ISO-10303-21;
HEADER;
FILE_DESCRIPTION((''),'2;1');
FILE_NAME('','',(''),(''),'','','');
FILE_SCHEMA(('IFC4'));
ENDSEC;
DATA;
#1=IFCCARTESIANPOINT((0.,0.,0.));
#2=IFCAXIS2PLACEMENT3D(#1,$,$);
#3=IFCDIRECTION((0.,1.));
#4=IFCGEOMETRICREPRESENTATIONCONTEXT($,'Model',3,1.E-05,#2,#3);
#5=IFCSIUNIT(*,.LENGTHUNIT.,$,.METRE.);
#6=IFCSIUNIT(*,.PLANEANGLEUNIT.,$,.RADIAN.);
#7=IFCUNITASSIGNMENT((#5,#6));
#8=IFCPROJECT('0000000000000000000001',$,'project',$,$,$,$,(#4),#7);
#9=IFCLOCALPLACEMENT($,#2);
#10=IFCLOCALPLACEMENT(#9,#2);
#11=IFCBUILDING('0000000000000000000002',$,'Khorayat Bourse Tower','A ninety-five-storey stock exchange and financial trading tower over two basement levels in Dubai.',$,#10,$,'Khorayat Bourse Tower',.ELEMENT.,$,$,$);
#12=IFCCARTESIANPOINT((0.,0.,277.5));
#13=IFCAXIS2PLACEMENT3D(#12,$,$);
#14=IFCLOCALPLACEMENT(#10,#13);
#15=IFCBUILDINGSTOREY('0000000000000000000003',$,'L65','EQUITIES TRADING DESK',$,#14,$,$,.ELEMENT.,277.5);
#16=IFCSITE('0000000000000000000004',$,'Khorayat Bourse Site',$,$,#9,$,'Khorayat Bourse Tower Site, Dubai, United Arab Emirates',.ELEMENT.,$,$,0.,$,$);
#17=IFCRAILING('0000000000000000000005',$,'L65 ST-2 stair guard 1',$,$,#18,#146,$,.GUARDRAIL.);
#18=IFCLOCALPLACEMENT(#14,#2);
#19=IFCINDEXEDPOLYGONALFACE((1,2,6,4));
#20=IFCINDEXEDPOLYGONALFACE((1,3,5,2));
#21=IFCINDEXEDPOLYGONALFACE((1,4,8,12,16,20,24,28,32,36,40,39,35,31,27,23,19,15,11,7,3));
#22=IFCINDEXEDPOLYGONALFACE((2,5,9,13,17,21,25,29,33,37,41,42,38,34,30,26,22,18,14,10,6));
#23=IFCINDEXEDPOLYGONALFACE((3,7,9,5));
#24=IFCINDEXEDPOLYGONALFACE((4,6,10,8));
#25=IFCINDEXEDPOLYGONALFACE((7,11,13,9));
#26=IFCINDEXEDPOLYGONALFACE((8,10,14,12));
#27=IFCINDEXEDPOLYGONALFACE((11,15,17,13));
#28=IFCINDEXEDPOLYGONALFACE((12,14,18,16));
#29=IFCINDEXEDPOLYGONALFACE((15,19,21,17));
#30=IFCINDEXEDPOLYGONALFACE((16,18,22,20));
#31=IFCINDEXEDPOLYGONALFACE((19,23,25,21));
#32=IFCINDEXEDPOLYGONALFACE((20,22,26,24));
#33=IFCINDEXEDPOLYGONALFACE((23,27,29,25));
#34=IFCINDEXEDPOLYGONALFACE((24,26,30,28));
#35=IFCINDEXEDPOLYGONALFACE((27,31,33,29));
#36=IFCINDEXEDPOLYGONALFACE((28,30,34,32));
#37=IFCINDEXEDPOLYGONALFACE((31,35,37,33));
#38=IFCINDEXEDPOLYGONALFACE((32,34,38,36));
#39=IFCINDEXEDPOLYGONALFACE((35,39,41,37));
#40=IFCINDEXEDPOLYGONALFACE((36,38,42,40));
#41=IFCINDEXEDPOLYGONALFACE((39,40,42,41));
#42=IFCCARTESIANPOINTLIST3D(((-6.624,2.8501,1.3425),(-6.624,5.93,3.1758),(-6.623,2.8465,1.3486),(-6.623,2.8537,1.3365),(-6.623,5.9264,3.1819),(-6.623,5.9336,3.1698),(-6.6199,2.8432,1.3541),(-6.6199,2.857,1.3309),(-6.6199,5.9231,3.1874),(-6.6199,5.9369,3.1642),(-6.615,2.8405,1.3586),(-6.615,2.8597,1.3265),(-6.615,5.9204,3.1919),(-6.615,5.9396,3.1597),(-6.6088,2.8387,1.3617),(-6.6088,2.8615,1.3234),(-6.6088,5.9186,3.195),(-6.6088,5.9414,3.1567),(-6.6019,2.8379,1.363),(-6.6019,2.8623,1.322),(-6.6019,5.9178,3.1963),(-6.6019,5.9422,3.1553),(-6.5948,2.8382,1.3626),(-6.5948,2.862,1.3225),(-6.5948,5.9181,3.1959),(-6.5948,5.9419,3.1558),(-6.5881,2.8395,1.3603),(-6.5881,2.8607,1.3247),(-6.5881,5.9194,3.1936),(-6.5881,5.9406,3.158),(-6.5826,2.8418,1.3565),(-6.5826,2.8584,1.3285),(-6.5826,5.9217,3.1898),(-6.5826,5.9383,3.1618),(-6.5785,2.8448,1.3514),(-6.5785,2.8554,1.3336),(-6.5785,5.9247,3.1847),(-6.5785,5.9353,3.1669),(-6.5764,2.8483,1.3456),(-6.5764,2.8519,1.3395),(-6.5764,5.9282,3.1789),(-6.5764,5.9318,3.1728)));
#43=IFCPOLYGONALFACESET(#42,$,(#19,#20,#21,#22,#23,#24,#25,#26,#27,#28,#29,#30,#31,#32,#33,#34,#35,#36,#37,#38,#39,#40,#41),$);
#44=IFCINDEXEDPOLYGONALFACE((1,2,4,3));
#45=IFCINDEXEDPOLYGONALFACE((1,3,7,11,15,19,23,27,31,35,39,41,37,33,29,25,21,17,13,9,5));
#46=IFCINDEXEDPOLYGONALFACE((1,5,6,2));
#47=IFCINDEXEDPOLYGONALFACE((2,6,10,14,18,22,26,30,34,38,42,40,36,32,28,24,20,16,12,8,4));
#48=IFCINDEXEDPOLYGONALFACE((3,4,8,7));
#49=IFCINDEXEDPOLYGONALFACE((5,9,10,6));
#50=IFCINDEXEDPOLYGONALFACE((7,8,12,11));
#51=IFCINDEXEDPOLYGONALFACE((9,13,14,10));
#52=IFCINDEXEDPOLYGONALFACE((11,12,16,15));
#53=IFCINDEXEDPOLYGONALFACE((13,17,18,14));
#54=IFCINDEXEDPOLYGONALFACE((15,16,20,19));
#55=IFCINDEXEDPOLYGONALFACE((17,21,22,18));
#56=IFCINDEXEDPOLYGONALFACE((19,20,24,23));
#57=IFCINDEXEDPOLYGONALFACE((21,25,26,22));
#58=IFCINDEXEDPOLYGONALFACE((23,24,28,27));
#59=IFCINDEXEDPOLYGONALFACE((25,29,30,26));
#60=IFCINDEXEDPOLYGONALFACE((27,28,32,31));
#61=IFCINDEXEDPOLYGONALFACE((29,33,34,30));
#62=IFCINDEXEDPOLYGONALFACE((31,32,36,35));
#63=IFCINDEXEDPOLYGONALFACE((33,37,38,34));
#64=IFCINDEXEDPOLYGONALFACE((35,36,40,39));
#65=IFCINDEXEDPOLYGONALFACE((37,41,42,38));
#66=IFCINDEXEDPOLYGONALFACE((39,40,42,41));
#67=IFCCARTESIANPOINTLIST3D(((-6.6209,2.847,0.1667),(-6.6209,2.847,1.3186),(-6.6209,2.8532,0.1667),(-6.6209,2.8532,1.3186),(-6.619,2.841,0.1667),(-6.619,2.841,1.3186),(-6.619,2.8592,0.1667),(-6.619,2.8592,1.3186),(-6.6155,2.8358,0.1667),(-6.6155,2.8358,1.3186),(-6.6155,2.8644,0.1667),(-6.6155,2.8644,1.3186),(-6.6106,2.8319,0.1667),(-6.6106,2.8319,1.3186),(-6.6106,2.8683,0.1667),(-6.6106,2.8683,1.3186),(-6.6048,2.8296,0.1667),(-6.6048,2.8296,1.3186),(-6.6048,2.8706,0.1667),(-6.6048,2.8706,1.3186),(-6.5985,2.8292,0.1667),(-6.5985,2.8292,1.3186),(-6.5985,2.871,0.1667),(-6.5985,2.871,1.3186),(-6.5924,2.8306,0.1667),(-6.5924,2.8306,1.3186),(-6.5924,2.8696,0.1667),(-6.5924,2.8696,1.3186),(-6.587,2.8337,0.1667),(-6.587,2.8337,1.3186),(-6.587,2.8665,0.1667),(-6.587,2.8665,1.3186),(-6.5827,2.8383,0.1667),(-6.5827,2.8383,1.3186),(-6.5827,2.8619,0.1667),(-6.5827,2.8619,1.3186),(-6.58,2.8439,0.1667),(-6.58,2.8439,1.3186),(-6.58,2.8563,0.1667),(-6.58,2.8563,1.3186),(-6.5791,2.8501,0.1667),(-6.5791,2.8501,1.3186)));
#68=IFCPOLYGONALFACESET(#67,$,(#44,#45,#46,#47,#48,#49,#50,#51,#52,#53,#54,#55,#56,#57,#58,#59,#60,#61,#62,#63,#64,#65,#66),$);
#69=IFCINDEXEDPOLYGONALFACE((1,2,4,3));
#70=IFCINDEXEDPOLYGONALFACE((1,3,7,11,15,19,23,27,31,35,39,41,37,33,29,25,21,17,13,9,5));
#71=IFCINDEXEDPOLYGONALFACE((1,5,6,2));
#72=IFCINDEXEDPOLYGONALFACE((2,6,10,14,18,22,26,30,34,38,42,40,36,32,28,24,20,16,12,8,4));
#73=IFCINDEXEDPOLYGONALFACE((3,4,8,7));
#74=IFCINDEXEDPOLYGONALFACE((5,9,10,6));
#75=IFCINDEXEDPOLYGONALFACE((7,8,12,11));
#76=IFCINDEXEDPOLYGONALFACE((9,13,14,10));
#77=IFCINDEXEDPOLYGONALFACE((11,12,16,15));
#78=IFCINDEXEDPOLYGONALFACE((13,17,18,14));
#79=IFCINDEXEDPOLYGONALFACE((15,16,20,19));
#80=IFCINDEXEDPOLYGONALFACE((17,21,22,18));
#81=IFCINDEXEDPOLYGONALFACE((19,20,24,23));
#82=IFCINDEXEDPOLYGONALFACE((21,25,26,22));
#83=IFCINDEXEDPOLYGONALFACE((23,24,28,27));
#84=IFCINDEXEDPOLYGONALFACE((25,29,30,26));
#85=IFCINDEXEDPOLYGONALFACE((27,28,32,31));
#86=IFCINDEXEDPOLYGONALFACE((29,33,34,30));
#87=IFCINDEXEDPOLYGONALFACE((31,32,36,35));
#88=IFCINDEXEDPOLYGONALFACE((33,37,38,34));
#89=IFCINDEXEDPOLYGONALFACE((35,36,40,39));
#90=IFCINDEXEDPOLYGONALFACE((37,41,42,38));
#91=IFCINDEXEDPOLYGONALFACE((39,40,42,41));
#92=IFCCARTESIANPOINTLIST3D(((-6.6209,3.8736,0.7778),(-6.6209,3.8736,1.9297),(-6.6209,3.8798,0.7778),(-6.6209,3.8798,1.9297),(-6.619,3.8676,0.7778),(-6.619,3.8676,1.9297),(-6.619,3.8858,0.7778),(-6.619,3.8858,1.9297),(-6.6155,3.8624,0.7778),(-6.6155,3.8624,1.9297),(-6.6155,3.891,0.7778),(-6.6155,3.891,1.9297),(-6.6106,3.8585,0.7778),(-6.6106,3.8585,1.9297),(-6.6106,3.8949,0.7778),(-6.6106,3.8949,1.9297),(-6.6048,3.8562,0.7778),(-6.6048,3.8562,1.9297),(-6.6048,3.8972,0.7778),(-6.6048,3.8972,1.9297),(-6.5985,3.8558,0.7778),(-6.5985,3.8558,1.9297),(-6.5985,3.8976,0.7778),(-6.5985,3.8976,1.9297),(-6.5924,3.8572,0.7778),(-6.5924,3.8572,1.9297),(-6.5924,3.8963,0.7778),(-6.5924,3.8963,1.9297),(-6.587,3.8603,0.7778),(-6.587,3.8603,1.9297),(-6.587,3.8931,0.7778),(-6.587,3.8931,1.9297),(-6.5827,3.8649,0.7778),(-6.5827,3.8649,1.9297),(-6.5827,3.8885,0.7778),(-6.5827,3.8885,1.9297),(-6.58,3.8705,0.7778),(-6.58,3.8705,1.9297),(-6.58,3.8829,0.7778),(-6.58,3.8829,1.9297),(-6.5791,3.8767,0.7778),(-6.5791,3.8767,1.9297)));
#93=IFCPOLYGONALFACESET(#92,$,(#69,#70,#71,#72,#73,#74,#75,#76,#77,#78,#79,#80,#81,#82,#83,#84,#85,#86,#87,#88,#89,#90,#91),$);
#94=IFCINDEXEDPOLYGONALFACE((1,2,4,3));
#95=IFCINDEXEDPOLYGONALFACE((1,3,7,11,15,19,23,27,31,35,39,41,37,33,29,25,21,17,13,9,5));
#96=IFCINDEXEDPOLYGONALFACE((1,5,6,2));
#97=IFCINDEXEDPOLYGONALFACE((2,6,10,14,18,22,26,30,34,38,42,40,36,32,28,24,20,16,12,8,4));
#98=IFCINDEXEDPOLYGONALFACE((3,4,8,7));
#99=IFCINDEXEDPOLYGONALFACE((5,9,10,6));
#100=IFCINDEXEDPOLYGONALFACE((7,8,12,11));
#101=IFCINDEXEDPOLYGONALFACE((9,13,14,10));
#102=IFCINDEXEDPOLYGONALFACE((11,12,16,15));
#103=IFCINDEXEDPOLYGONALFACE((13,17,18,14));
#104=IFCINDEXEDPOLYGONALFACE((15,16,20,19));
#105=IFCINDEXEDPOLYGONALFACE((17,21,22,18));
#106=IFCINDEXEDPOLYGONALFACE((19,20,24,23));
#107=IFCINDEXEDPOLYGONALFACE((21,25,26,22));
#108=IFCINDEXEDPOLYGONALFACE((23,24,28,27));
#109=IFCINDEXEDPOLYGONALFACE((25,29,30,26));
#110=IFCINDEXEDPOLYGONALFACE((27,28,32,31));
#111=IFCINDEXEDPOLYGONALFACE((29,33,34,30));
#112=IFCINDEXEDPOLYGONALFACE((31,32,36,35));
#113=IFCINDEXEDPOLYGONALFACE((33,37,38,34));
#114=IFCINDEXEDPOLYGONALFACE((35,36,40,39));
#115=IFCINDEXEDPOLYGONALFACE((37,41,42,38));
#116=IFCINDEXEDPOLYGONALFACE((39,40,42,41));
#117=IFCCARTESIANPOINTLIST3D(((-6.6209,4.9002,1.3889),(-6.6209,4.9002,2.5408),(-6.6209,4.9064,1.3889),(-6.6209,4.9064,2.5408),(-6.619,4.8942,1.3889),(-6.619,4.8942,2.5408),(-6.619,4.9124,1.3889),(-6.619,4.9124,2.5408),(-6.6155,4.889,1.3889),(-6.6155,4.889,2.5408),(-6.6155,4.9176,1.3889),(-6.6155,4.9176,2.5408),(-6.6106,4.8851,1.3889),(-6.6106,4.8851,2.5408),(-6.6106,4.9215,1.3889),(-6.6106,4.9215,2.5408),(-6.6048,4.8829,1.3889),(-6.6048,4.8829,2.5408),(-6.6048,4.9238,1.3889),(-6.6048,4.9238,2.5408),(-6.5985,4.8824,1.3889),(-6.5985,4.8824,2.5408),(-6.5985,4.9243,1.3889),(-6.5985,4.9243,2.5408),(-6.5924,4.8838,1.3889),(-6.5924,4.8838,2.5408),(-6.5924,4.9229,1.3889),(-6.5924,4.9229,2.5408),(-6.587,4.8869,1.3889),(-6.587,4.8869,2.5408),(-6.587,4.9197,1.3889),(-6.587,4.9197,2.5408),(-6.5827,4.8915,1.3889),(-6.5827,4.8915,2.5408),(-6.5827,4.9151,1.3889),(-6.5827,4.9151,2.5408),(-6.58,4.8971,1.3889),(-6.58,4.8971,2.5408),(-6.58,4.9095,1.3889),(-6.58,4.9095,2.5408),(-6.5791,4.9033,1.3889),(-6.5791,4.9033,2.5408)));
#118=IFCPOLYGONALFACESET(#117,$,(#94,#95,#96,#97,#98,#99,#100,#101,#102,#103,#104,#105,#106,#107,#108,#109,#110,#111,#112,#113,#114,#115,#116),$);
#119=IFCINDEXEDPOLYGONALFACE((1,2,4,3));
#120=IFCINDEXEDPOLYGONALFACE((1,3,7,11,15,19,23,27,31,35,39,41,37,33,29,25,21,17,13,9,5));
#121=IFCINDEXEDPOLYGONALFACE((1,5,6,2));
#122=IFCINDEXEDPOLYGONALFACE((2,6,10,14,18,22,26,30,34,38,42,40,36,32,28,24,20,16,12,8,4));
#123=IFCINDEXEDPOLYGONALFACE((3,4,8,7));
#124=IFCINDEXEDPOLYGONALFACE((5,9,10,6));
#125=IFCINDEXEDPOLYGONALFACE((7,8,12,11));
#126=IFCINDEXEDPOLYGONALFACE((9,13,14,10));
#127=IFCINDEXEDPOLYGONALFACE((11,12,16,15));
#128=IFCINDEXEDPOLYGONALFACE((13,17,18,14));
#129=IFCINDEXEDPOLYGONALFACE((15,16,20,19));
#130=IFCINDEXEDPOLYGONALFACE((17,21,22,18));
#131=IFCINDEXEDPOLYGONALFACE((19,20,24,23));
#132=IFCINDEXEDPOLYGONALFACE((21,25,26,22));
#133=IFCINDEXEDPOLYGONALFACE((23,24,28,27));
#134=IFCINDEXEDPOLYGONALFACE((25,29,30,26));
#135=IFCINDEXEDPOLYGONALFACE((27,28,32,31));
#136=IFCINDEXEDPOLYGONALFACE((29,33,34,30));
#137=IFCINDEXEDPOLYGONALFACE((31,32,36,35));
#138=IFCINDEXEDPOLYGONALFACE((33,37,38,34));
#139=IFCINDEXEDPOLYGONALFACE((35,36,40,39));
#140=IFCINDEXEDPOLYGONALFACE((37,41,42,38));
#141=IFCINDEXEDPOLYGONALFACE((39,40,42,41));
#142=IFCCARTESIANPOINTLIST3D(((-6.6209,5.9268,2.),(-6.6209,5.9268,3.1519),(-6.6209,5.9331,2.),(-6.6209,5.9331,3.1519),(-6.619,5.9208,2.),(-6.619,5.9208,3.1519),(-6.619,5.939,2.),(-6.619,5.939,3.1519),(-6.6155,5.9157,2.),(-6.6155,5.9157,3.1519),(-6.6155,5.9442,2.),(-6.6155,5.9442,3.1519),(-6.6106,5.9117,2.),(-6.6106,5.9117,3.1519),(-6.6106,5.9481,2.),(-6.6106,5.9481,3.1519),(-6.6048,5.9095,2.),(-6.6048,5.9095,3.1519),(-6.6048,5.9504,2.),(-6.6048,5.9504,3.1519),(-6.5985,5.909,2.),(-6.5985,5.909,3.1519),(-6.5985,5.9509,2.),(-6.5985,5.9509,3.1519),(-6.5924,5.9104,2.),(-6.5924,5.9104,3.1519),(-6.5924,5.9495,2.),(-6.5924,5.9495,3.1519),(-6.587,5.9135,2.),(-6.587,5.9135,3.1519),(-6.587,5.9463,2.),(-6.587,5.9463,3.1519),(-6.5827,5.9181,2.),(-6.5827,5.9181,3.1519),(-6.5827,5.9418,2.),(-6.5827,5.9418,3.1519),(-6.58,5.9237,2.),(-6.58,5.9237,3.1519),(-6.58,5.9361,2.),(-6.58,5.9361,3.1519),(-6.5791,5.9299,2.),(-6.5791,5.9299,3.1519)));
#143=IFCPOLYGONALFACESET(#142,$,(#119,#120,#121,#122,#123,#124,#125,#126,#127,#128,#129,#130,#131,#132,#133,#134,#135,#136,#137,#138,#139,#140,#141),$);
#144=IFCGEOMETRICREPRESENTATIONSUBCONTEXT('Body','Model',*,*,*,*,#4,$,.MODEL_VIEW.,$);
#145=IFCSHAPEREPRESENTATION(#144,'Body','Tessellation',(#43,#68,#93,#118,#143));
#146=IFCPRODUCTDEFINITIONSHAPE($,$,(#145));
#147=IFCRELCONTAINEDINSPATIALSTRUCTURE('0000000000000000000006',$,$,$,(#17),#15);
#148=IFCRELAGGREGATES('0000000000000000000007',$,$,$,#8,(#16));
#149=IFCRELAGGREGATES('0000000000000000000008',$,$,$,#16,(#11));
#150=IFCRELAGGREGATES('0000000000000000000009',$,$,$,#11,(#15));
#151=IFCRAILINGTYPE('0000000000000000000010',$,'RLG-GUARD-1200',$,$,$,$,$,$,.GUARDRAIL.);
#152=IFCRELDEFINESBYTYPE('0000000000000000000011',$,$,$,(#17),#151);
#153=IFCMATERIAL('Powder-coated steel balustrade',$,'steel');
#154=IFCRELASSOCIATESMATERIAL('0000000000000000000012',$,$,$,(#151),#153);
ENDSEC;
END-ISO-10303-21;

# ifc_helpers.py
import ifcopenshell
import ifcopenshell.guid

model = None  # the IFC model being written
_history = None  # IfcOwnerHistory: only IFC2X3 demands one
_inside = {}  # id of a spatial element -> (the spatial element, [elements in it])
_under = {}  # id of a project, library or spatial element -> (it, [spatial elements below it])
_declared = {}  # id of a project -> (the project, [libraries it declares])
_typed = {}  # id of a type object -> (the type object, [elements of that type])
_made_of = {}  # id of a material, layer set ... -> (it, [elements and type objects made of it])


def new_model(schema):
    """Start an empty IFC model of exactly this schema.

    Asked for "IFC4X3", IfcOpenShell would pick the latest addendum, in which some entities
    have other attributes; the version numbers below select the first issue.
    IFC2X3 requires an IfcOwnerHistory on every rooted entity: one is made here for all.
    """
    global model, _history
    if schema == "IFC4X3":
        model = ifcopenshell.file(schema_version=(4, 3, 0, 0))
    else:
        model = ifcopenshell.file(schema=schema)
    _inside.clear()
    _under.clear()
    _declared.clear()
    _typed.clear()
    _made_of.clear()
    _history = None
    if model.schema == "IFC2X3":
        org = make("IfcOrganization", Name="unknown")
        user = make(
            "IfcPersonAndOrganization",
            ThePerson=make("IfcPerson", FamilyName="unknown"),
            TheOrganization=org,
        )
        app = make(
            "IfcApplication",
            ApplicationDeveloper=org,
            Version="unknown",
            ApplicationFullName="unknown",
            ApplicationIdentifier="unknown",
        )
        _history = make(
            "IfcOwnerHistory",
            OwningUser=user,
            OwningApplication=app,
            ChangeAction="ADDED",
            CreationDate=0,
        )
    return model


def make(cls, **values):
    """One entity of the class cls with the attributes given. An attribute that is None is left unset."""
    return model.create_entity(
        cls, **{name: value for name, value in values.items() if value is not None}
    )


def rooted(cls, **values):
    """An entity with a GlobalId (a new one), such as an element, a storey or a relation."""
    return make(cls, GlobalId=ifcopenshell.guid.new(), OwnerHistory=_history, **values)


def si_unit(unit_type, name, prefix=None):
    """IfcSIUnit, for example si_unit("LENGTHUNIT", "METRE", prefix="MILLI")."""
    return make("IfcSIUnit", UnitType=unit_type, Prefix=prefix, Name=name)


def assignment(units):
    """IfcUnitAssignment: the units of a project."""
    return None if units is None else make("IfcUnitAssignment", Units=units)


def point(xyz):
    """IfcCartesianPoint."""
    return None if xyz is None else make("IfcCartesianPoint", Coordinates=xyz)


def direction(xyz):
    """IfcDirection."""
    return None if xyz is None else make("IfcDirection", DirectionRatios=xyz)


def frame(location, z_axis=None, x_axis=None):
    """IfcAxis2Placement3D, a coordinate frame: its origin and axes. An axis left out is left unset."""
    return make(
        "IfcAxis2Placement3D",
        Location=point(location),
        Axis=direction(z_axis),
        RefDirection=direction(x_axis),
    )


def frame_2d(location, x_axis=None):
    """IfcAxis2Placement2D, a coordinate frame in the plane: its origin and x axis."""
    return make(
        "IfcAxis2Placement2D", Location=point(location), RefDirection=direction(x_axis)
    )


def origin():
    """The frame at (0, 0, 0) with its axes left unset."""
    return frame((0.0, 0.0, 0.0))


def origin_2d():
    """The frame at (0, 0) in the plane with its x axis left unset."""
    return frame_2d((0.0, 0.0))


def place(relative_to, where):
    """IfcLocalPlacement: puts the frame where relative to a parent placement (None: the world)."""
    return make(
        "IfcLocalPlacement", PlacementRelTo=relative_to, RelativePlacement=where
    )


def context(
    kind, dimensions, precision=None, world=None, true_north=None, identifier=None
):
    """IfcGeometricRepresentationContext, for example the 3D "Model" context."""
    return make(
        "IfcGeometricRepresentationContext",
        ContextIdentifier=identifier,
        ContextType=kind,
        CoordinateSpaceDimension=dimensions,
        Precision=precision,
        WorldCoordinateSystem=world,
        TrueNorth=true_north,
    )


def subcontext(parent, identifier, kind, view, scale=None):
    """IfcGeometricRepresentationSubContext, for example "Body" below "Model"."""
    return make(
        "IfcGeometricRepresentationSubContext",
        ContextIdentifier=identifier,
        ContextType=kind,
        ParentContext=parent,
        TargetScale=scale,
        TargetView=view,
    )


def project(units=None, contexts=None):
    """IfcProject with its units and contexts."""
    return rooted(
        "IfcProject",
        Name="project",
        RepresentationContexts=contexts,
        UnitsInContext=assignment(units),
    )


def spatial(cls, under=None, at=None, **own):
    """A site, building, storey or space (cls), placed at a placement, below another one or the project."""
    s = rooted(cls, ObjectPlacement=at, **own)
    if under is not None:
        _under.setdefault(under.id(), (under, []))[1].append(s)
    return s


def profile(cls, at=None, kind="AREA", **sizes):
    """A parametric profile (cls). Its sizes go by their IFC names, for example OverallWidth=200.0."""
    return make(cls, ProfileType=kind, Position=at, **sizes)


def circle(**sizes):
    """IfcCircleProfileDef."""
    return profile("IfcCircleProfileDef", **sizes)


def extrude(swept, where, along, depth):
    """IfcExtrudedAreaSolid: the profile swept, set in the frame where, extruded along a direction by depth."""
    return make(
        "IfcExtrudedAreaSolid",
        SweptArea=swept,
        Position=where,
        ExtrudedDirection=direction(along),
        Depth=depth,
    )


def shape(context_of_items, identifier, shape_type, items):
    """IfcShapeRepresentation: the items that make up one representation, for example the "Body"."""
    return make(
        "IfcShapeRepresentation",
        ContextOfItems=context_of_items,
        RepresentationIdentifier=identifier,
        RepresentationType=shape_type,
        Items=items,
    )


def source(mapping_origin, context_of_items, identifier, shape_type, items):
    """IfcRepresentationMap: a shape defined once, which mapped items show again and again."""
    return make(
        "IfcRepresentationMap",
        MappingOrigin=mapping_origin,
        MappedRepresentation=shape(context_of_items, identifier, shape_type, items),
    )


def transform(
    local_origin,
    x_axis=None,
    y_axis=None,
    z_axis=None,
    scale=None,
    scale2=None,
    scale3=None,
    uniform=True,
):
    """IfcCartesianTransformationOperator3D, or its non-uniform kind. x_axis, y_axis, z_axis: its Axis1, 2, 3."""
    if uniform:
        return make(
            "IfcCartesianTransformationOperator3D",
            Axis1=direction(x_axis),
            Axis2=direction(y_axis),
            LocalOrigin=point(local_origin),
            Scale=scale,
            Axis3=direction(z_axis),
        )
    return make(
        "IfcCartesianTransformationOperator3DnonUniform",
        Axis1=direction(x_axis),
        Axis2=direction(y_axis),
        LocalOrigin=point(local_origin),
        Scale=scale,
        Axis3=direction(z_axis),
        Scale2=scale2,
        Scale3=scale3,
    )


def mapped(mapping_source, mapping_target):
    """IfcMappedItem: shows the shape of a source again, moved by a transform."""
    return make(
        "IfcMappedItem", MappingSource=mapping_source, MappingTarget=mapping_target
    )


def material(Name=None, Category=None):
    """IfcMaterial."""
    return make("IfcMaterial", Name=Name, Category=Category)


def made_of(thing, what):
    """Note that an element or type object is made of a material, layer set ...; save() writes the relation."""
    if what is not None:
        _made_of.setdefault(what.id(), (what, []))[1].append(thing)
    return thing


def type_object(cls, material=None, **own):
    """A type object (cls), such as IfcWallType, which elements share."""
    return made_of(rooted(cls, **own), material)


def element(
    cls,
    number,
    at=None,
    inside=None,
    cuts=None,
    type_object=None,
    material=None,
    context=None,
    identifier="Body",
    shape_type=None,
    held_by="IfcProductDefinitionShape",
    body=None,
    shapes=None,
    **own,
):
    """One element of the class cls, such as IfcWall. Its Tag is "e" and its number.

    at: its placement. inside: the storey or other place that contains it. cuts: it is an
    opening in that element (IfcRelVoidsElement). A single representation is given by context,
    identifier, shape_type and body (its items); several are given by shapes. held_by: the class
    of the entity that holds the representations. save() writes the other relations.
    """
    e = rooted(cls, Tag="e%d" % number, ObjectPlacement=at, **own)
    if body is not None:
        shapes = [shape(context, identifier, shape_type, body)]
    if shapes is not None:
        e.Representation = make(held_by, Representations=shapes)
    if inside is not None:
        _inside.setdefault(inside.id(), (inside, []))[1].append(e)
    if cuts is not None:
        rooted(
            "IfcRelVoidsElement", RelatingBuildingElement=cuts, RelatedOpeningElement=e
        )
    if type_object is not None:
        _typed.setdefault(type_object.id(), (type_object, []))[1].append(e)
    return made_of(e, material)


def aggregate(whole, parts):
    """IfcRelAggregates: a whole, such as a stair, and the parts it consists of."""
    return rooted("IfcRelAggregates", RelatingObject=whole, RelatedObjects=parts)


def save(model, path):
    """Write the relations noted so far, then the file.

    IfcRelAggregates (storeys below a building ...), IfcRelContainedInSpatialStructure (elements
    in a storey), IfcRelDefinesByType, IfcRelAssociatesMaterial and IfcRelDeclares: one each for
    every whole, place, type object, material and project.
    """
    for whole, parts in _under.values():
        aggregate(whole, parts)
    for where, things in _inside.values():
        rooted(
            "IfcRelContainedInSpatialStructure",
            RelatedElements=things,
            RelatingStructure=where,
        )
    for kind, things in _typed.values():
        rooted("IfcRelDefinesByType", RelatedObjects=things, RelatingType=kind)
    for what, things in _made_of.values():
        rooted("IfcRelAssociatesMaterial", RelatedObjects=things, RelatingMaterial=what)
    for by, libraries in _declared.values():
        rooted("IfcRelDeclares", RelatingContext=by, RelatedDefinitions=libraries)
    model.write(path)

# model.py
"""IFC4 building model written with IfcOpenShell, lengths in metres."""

from ifc_helpers import new_model, si_unit, direction, frame, origin, origin_2d, place, context, subcontext, project, spatial, circle, extrude, source, transform, mapped, material, type_object, element, save


model = new_model("IFC4")

# Units and contexts
model_context = context("Model", 3, precision=1e-05, world=origin(), true_north=direction((0.0, 1.0)))
body_context = subcontext(model_context, "Body", "Model", "MODEL_VIEW")
ifc_project = project(units=[si_unit("LENGTHUNIT", "METRE"), si_unit("PLANEANGLEUNIT", "RADIAN")], contexts=[model_context])

# Site, building, storey
site_placement = place(None, origin())
site = spatial("IfcSite", under=ifc_project, at=site_placement, Name="Khorayat Bourse Site", LongName="Khorayat Bourse Tower Site, Dubai, United Arab Emirates", CompositionType="ELEMENT", RefElevation=0.0)
building_placement = place(site_placement, origin())
building = spatial("IfcBuilding", under=site, at=building_placement, Name="Khorayat Bourse Tower", Description="A ninety-five-storey stock exchange and financial trading tower over two basement levels in Dubai.", LongName="Khorayat Bourse Tower", CompositionType="ELEMENT")
storey_placement = place(building_placement, frame((0.0, 0.0, 277.5)))
storey = spatial("IfcBuildingStorey", under=building, at=storey_placement, Name="L65", Description="EQUITIES TRADING DESK", CompositionType="ELEMENT", Elevation=277.5)

# Railing
ifc_material_1 = material(Name="Powder-coated steel balustrade", Category="steel")
railing_type_1 = type_object("IfcRailingType", Name="RLG-GUARD-1200", PredefinedType="GUARDRAIL", material=ifc_material_1)
shared_shape_1 = source(origin(), body_context, "Body", "SweptSolid", [
    extrude(circle(Radius=0.0239, at=origin_2d()), frame((0.0, 0.0, 1.1758), z_axis=(0.0, 0.859291, 0.511487), x_axis=(-1.0, 0.0, 0.0)), (0.0, 0.0, 1.0), 3.5842),
    extrude(circle(Radius=0.021, at=origin_2d()), origin(), (0.0, 0.0, 1.0), 1.1519),
    extrude(circle(Radius=0.021, at=origin_2d()), frame((0.0, 1.0266, 0.6111)), (0.0, 0.0, 1.0), 1.1519),
    extrude(circle(Radius=0.021, at=origin_2d()), frame((0.0, 2.0532, 1.2222)), (0.0, 0.0, 1.0), 1.1519),
    extrude(circle(Radius=0.021, at=origin_2d()), frame((0.0, 3.0798, 1.8333)), (0.0, 0.0, 1.0), 1.1519),
])
railing_1_placement = place(storey_placement, frame((-6.6001, 2.8501, 0.1667)))
element("IfcRailing", 1, at=railing_1_placement, inside=storey, type_object=railing_type_1, Name="L65 ST-2 stair guard 1", PredefinedType="GUARDRAIL", context=body_context, shape_type="MappedRepresentation", body=[
    mapped(shared_shape_1, transform((0.0, 0.0, 0.0), scale=1.0)),
])

save(model, "model.ifc")
